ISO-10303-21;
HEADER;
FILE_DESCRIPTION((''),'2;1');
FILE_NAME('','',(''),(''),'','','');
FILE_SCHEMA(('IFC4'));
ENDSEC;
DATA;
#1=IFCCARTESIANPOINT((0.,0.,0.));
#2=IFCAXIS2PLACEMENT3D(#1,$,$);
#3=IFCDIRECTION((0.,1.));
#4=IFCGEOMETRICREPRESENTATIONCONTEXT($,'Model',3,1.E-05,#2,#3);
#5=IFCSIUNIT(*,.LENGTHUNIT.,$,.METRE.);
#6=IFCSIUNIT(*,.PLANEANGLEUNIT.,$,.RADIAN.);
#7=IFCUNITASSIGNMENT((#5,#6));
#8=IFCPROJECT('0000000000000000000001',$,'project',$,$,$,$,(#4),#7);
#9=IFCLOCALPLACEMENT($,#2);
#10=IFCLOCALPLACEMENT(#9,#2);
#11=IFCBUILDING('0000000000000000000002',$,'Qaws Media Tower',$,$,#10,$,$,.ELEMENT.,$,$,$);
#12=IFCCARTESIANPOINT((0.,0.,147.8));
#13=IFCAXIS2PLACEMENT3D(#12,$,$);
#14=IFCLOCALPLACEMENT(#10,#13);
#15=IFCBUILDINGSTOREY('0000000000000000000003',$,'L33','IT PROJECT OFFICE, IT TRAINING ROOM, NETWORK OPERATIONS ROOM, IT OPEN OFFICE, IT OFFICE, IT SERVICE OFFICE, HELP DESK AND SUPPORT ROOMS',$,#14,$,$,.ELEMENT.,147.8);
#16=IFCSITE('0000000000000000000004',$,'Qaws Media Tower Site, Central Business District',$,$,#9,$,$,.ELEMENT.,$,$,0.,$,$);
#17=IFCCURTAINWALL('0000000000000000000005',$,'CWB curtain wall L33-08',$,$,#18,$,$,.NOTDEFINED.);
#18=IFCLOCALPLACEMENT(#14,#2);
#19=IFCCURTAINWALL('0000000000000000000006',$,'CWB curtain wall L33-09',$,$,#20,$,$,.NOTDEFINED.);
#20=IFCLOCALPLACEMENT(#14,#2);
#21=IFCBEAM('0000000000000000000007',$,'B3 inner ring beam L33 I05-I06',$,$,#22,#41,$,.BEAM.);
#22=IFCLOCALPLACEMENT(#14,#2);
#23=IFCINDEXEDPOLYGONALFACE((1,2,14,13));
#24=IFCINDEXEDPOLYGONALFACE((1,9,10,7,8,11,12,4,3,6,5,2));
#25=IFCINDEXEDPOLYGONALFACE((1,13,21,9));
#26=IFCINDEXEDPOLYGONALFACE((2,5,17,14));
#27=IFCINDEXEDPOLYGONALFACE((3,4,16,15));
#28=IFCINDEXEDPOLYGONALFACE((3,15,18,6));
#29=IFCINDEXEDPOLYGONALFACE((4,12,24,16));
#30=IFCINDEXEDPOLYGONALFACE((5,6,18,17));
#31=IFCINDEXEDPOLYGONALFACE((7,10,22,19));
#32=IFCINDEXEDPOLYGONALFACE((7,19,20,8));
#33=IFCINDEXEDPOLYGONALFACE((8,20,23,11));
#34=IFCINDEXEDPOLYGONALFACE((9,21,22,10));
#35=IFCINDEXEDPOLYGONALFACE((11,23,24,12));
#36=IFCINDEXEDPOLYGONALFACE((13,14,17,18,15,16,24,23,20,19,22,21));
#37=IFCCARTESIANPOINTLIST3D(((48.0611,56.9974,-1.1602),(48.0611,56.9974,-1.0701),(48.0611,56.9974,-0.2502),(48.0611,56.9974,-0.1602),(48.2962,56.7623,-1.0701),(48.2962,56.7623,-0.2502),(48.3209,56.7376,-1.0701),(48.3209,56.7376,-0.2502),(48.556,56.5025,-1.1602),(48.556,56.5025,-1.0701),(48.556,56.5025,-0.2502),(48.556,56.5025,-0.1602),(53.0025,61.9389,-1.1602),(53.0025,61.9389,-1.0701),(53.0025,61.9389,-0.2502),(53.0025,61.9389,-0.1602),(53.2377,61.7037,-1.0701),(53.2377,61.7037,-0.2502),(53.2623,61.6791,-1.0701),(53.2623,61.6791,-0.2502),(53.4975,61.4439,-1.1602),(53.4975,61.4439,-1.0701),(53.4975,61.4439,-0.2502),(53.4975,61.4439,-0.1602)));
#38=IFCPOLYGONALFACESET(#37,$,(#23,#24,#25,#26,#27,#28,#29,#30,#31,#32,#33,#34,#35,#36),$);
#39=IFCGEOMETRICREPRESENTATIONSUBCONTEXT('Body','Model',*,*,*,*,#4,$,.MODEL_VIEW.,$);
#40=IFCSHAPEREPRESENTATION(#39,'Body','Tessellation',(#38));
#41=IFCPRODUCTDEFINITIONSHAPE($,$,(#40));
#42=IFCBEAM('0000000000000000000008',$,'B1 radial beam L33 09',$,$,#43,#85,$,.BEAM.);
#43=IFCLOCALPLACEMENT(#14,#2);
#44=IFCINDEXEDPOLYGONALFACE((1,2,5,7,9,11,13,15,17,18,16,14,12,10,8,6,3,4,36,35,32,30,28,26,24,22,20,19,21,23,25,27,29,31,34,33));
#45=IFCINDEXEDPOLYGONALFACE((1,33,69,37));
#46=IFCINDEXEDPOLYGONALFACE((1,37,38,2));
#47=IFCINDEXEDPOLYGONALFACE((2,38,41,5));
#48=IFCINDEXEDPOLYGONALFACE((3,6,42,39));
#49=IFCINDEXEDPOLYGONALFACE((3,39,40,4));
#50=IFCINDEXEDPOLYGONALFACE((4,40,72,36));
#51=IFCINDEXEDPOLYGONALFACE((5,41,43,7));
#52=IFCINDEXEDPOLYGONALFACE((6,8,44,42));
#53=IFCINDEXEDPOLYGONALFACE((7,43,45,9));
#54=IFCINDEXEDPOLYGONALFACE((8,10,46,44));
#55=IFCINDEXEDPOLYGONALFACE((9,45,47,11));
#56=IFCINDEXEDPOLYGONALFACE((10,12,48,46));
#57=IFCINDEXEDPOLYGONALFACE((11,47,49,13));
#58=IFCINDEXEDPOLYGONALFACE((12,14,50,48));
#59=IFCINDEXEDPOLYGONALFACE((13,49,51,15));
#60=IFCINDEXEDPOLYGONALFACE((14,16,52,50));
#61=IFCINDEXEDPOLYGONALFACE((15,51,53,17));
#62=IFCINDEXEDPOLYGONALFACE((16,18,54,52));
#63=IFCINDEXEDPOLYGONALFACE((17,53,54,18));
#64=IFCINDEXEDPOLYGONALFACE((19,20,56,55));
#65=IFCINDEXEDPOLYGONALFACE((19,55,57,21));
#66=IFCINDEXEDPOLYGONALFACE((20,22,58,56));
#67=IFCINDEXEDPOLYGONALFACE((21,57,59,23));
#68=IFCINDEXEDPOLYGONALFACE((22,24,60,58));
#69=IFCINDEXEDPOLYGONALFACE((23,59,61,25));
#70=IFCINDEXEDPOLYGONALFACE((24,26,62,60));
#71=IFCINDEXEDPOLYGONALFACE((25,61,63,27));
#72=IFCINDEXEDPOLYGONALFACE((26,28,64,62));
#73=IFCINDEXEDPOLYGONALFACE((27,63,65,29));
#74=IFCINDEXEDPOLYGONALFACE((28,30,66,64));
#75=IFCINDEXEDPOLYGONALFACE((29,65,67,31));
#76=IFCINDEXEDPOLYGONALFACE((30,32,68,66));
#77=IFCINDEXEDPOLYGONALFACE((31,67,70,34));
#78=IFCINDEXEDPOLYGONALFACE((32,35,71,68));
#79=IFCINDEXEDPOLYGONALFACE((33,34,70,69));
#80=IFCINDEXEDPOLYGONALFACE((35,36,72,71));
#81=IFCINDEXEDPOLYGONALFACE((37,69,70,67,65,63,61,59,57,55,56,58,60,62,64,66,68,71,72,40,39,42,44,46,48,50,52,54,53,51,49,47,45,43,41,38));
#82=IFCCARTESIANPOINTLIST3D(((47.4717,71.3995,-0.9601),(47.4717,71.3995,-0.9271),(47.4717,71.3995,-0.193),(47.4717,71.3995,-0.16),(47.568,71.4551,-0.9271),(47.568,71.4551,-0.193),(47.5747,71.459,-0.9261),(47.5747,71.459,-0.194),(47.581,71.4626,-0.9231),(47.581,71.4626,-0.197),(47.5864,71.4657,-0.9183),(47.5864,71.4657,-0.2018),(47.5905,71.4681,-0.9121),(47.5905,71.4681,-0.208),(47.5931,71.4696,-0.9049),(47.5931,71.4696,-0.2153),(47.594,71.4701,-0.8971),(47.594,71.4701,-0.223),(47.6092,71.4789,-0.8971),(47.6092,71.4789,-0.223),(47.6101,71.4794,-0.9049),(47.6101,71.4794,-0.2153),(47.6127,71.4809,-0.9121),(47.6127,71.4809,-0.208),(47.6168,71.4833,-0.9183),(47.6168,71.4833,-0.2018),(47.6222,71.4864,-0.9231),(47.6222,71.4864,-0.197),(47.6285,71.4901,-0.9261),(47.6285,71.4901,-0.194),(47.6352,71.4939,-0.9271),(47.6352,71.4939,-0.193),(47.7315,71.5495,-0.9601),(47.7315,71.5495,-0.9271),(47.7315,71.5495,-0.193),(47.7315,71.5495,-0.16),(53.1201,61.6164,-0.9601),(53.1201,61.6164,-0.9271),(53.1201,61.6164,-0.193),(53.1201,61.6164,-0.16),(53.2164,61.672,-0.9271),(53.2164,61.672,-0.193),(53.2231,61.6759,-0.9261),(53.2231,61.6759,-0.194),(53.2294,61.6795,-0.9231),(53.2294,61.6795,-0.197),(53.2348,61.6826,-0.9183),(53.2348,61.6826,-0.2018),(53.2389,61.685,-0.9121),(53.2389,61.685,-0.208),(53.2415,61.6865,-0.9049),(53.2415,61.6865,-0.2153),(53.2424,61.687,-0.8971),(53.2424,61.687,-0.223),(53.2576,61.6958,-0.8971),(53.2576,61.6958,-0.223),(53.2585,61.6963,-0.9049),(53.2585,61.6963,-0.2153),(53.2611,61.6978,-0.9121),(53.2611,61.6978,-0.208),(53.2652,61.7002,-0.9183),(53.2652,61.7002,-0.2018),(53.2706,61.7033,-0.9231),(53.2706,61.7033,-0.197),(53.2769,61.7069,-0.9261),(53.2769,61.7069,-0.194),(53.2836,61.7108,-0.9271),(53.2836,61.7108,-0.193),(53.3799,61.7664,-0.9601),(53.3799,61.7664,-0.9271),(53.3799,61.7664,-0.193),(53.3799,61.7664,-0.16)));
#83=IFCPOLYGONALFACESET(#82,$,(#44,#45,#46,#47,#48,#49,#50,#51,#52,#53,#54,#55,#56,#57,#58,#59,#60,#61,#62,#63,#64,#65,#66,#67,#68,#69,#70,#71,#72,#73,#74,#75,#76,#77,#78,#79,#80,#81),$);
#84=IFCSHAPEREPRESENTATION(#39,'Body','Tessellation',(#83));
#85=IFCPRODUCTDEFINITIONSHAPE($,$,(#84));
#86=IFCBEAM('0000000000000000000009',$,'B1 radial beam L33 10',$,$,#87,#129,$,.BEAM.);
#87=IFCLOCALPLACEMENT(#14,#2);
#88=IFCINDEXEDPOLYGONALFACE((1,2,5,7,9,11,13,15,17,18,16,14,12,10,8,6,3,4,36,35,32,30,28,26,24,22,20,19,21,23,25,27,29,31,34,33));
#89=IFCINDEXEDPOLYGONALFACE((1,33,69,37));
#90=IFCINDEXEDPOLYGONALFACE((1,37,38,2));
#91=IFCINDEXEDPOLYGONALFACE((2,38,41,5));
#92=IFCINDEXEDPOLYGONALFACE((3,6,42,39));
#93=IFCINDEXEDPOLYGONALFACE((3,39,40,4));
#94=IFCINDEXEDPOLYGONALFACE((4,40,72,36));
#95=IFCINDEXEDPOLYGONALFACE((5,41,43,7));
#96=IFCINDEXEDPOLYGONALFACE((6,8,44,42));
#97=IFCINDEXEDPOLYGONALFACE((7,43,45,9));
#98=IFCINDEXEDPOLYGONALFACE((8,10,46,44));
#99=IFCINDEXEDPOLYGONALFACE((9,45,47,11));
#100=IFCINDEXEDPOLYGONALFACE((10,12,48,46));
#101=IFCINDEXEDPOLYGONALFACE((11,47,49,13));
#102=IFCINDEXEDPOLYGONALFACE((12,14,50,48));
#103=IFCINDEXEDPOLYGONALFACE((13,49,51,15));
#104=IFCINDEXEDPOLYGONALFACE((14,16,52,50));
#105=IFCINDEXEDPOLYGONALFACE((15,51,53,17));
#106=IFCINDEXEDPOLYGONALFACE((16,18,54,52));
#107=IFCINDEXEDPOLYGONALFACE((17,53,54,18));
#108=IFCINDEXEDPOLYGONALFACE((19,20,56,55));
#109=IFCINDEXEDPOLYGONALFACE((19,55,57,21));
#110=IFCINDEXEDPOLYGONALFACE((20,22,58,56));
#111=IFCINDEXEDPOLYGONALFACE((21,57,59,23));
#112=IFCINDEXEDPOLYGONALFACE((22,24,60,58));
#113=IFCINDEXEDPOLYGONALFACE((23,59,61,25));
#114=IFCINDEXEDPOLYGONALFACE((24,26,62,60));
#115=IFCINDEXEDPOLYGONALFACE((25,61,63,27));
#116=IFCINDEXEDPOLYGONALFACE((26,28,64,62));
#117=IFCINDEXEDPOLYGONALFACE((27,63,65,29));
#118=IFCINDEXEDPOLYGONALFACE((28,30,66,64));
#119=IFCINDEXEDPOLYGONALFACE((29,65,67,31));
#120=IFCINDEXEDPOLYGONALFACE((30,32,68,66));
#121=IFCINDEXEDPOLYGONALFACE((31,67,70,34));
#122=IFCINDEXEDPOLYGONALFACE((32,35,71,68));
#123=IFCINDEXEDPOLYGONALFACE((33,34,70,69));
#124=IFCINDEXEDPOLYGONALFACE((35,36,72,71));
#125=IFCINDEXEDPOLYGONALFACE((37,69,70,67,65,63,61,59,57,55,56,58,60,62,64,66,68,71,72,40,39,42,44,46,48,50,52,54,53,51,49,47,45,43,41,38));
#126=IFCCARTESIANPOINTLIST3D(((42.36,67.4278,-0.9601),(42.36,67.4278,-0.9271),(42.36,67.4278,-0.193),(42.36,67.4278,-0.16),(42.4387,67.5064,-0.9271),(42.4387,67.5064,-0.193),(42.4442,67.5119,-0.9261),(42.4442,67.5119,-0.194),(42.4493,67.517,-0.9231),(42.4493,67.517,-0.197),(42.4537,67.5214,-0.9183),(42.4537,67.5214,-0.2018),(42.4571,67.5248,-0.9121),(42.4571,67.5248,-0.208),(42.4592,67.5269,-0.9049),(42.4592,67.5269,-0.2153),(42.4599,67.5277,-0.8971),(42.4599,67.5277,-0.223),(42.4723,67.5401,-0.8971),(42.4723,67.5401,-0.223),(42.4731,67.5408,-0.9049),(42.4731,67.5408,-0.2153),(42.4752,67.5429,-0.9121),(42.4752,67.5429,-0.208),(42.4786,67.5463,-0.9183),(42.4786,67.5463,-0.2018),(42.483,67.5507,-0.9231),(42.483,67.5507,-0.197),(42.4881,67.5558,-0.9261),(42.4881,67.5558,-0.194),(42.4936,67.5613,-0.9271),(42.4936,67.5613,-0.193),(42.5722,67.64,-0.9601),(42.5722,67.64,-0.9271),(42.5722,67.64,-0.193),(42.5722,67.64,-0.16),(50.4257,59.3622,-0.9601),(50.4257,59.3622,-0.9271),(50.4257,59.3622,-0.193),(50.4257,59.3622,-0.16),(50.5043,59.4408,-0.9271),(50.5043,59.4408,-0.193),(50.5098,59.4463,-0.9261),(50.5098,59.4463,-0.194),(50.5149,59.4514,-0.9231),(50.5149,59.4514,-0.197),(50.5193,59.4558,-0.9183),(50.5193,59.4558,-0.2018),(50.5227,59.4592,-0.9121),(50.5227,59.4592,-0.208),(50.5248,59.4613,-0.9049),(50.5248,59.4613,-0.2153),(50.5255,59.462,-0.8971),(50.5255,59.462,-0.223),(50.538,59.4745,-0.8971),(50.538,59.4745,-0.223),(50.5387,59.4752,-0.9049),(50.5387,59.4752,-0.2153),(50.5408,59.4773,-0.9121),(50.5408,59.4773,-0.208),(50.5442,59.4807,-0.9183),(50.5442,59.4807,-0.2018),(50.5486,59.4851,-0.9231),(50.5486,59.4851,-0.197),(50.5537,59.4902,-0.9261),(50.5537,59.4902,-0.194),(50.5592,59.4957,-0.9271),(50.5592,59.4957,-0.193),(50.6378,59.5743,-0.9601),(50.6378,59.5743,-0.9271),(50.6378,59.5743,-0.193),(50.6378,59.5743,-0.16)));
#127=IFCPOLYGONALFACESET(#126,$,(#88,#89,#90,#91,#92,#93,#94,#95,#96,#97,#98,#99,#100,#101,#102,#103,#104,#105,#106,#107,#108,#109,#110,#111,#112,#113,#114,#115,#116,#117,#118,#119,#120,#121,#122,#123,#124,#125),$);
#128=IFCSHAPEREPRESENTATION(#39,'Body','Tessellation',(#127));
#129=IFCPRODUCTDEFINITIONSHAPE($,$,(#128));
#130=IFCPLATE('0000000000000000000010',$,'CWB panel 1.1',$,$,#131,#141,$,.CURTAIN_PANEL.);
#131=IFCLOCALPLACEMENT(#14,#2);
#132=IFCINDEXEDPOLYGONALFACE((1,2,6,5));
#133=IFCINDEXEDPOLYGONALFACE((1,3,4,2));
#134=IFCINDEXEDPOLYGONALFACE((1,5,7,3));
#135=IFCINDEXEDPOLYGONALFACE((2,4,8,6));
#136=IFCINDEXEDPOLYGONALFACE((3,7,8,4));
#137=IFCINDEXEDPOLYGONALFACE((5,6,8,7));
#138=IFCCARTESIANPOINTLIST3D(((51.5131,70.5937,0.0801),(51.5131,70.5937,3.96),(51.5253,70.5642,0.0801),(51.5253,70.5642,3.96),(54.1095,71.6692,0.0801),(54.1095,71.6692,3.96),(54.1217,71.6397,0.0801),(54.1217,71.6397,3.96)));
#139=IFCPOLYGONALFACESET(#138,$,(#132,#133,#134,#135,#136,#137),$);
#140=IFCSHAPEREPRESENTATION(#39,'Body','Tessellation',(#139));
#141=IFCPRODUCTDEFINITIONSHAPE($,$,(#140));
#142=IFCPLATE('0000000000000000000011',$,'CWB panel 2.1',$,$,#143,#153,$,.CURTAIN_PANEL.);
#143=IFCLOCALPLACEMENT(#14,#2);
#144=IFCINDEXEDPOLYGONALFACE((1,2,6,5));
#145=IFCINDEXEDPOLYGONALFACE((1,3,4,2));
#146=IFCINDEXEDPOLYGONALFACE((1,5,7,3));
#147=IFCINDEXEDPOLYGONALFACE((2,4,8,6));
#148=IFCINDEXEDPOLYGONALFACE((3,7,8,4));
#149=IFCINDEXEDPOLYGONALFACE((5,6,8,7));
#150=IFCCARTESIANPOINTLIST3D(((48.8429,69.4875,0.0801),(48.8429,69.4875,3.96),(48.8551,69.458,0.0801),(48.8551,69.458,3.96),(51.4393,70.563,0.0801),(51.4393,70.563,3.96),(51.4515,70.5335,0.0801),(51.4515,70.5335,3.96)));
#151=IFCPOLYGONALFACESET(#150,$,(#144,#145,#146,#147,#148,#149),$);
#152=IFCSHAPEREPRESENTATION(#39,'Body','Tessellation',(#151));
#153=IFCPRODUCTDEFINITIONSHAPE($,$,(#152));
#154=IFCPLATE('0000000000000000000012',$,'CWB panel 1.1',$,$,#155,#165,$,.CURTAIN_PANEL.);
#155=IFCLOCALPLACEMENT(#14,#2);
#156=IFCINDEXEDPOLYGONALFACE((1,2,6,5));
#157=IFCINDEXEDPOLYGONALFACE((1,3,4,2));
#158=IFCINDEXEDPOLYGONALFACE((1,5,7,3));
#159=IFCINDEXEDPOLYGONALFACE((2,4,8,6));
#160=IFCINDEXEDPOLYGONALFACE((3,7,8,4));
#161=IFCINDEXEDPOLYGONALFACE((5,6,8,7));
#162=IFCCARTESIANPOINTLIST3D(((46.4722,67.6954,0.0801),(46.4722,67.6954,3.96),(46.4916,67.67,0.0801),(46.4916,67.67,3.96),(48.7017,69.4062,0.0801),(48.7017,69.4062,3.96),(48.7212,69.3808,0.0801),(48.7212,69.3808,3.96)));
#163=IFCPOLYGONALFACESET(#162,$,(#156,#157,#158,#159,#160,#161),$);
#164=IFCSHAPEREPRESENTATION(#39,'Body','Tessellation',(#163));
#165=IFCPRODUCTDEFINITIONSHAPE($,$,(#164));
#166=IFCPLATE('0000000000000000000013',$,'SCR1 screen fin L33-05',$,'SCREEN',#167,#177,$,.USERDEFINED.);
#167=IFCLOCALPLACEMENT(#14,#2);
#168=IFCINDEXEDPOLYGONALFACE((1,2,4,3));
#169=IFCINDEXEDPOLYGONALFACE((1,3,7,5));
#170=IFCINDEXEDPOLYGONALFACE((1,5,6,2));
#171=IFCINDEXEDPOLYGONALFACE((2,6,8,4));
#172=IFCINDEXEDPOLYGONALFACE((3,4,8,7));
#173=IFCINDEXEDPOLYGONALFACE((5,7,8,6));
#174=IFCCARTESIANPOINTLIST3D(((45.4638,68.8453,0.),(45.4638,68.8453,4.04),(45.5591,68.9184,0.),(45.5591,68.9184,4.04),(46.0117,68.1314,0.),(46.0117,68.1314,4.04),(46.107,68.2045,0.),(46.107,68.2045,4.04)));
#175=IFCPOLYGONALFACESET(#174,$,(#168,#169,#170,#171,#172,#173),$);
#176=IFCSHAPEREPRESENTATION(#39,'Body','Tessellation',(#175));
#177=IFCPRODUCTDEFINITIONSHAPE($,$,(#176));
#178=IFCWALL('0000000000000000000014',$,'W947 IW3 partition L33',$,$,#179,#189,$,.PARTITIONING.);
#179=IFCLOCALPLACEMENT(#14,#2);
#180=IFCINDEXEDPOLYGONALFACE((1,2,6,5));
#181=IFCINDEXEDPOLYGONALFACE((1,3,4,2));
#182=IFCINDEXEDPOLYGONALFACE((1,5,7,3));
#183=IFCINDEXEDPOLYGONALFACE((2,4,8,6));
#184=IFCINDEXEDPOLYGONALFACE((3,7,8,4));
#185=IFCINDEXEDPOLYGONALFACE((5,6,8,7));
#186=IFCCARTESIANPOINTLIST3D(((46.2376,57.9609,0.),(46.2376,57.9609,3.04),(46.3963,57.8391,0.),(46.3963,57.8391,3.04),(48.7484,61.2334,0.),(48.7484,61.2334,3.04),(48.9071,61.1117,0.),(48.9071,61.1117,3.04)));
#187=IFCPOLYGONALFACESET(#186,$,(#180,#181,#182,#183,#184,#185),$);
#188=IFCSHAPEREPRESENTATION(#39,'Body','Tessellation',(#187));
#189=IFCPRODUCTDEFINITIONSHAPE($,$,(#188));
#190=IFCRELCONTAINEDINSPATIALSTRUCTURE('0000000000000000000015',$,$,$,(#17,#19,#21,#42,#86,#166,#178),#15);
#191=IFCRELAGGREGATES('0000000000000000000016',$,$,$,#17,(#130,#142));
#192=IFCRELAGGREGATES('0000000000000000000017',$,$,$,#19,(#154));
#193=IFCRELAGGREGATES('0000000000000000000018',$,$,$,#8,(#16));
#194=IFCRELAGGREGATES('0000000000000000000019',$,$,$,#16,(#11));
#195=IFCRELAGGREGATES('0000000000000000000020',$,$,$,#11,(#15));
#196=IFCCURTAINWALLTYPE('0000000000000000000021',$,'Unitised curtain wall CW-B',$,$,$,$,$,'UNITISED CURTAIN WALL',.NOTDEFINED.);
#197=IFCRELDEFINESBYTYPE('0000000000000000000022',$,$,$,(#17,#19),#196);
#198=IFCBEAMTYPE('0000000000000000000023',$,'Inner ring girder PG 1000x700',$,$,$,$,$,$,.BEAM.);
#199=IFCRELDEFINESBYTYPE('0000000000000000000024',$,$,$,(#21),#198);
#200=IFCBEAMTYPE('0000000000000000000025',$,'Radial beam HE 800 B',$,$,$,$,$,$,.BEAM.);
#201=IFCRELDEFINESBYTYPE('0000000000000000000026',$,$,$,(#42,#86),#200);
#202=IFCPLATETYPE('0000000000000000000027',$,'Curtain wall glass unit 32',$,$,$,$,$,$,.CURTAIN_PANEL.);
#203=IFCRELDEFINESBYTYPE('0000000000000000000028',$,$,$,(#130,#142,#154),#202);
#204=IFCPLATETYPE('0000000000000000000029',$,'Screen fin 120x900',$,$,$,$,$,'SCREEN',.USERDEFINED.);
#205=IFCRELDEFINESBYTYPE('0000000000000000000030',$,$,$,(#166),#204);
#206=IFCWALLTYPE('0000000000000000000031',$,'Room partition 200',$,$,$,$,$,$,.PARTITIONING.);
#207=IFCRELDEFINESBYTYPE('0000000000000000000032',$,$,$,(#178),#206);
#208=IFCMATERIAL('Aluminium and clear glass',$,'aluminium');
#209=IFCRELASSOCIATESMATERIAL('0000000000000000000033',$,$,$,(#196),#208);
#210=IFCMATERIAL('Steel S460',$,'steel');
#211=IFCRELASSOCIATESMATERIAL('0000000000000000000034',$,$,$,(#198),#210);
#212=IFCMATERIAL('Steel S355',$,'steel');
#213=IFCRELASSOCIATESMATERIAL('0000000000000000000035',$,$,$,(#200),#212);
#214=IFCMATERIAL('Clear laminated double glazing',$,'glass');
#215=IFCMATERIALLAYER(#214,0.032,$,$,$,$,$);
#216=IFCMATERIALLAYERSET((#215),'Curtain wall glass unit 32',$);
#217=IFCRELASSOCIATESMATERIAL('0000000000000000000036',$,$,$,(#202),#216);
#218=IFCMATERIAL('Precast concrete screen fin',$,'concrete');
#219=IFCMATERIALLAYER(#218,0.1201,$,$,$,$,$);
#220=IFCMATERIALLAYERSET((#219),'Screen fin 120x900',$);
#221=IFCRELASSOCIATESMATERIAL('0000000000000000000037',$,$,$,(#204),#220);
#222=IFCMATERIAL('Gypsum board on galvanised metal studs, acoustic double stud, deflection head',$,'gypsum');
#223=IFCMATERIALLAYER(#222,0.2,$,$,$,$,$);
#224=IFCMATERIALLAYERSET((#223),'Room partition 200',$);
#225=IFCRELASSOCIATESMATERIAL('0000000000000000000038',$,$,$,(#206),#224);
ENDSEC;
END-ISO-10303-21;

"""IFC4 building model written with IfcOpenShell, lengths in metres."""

from ifc_helpers import new_model, si_unit, direction, frame, frame_2d, origin, origin_2d, place, context, subcontext, project, spatial, rectangle, i_section, extrude, material, layer, layer_set, material_profile, profile_set, type_object, element, aggregate, save


model = new_model("IFC4")

# Units and contexts
model_context = context("Model", 3, precision=1e-05, world=origin(), true_north=direction((0.0, 1.0)))
body_context = subcontext(model_context, "Body", "Model", "MODEL_VIEW")
ifc_project = project(units=[si_unit("LENGTHUNIT", "METRE"), si_unit("PLANEANGLEUNIT", "RADIAN")], contexts=[model_context])

# Site, building, storey
site_placement = place(None, origin())
site = spatial("IfcSite", under=ifc_project, at=site_placement, Name="Qaws Media Tower Site, Central Business District", CompositionType="ELEMENT", RefElevation=0.0)
building_placement = place(site_placement, origin())
building = spatial("IfcBuilding", under=site, at=building_placement, Name="Qaws Media Tower", CompositionType="ELEMENT")
storey_placement = place(building_placement, frame((0.0, 0.0, 147.8)))
storey = spatial("IfcBuildingStorey", under=building, at=storey_placement, Name="L33", Description="IT PROJECT OFFICE, IT TRAINING ROOM, NETWORK OPERATIONS ROOM, IT OPEN OFFICE, IT OFFICE, IT SERVICE OFFICE, HELP DESK AND SUPPORT ROOMS", CompositionType="ELEMENT", Elevation=147.8)

# Curtain walls
ifc_material_1 = material(Name="Aluminium and clear glass", Category="aluminium")
curtain_wall_type = type_object("IfcCurtainWallType", Name="Unitised curtain wall CW-B", ElementType="UNITISED CURTAIN WALL", PredefinedType="NOTDEFINED", material=ifc_material_1)
curtain_wall_1_placement = place(storey_placement, origin())
curtain_wall_1 = element("IfcCurtainWall", 1, at=curtain_wall_1_placement, inside=storey, type_object=curtain_wall_type, Name="CWB curtain wall L33-08", PredefinedType="NOTDEFINED")
curtain_wall_2_placement = place(storey_placement, origin())
curtain_wall_2 = element("IfcCurtainWall", 2, at=curtain_wall_2_placement, inside=storey, type_object=curtain_wall_type, Name="CWB curtain wall L33-09", PredefinedType="NOTDEFINED")

# Beams
ifc_material_2 = material(Name="Steel S460", Category="steel")
ifc_material_profile_1 = material_profile(ifc_material_2, i_section(OverallWidth=0.7, OverallDepth=1.0, WebThickness=0.0349, FlangeThickness=0.0901, at=origin_2d()), Name="PG 1000x700")
ifc_profile_set_1 = profile_set([ifc_material_profile_1], Name="Steel S460")
beam_type_1 = type_object("IfcBeamType", Name="Inner ring girder PG 1000x700", PredefinedType="BEAM", material=ifc_profile_set_1)
beam_1_placement = place(storey_placement, frame((53.25, 61.6914, -0.6602), z_axis=(-0.707107, -0.707107, 0.0), x_axis=(0.707107, -0.707107, 0.0)))
element("IfcBeam", 3, at=beam_1_placement, inside=storey, type_object=beam_type_1, Name="B3 inner ring beam L33 I05-I06", PredefinedType="BEAM", context=body_context, shape_type="SweptSolid", body=[
    extrude(i_section(OverallWidth=0.7, OverallDepth=1.0, WebThickness=0.0349, FlangeThickness=0.0901, at=origin_2d()), origin(), (0.0, 0.0, 1.0), 6.9883),
])
ifc_material_3 = material(Name="Steel S355", Category="steel")
ifc_material_profile_2 = material_profile(ifc_material_3, i_section(OverallWidth=0.3, OverallDepth=0.8, WebThickness=0.0176, FlangeThickness=0.033, FilletRadius=0.03, at=origin_2d()), Name="HE 800 B")
ifc_profile_set_2 = profile_set([ifc_material_profile_2], Name="Steel S355")
beam_type_2 = type_object("IfcBeamType", Name="Radial beam HE 800 B", PredefinedType="BEAM", material=ifc_profile_set_2)
beam_2_placement = place(storey_placement, frame((53.25, 61.6914, -0.5601), z_axis=(-0.500007, 0.866021, 0.0), x_axis=(-0.866021, -0.500007, 0.0)))
element("IfcBeam", 4, at=beam_2_placement, inside=storey, type_object=beam_type_2, Name="B1 radial beam L33 09", PredefinedType="BEAM", context=body_context, shape_type="SweptSolid", body=[
    extrude(i_section(OverallWidth=0.3, OverallDepth=0.8, WebThickness=0.0176, FlangeThickness=0.033, FilletRadius=0.03, at=origin_2d()), origin(), (0.0, 0.0, 1.0), 11.2966),
])
beam_3_placement = place(storey_placement, frame((50.5317, 59.4683, -0.5601), z_axis=(-0.707107, 0.707107, 0.0), x_axis=(-0.707107, -0.707107, 0.0)))
element("IfcBeam", 5, at=beam_3_placement, inside=storey, type_object=beam_type_2, Name="B1 radial beam L33 10", PredefinedType="BEAM", context=body_context, shape_type="SweptSolid", body=[
    extrude(i_section(OverallWidth=0.3, OverallDepth=0.8, WebThickness=0.0176, FlangeThickness=0.033, FilletRadius=0.03, at=origin_2d()), origin(), (0.0, 0.0, 1.0), 11.4065),
])

# Plates
ifc_material_4 = material(Name="Clear laminated double glazing", Category="glass")
ifc_layer_1 = layer(ifc_material_4, 0.032)
ifc_layer_set_1 = layer_set([ifc_layer_1], Name="Curtain wall glass unit 32")
plate_type_1 = type_object("IfcPlateType", Name="Curtain wall glass unit 32", PredefinedType="CURTAIN_PANEL", material=ifc_layer_set_1)
plate_1_placement = place(storey_placement, frame((52.8174, 71.1167, 0.0801), z_axis=(0.0, 0.0, 1.0), x_axis=(-0.923879, -0.382684, 0.0)))
plate_1 = element("IfcPlate", 6, at=plate_1_placement, type_object=plate_type_1, Name="CWB panel 1.1", PredefinedType="CURTAIN_PANEL", context=body_context, shape_type="SweptSolid", body=[
    extrude(rectangle(XDim=2.8103, YDim=0.032, at=origin_2d()), origin(), (0.0, 0.0, 1.0), 3.8799),
])
plate_2_placement = place(storey_placement, frame((50.1472, 70.0105, 0.0801), z_axis=(0.0, 0.0, 1.0), x_axis=(-0.923879, -0.382684, 0.0)))
plate_2 = element("IfcPlate", 7, at=plate_2_placement, type_object=plate_type_1, Name="CWB panel 2.1", PredefinedType="CURTAIN_PANEL", context=body_context, shape_type="SweptSolid", body=[
    extrude(rectangle(XDim=2.8103, YDim=0.032, at=origin_2d()), origin(), (0.0, 0.0, 1.0), 3.8799),
])
aggregate(curtain_wall_1, [plate_1, plate_2])
plate_3_placement = place(storey_placement, frame((47.5967, 68.5381, 0.0801), z_axis=(0.0, 0.0, 1.0), x_axis=(-0.793353, -0.608761, 0.0)))
plate_3 = element("IfcPlate", 8, at=plate_3_placement, type_object=plate_type_1, Name="CWB panel 1.1", PredefinedType="CURTAIN_PANEL", context=body_context, shape_type="SweptSolid", body=[
    extrude(rectangle(XDim=2.8103, YDim=0.032, at=origin_2d()), origin(), (0.0, 0.0, 1.0), 3.8799),
])
aggregate(curtain_wall_2, [plate_3])
ifc_material_5 = material(Name="Precast concrete screen fin", Category="concrete")
ifc_layer_2 = layer(ifc_material_5, 0.1201)
ifc_layer_set_2 = layer_set([ifc_layer_2], Name="Screen fin 120x900")
plate_type_2 = type_object("IfcPlateType", Name="Screen fin 120x900", ElementType="SCREEN", PredefinedType="USERDEFINED", material=ifc_layer_set_2)
plate_4_placement = place(storey_placement, frame((45.7854, 68.5249, 0.0), z_axis=(0.0, 0.0, 1.0), x_axis=(-0.608761, 0.793353, 0.0)))
element("IfcPlate", 9, at=plate_4_placement, inside=storey, type_object=plate_type_2, Name="SCR1 screen fin L33-05", ObjectType="SCREEN", PredefinedType="USERDEFINED", context=body_context, shape_type="SweptSolid", body=[
    extrude(rectangle(XDim=0.8999, YDim=0.1201, at=origin_2d()), origin(), (0.0, 0.0, 1.0), 4.04),
])

# Wall
ifc_material_6 = material(Name="Gypsum board on galvanised metal studs, acoustic double stud, deflection head", Category="gypsum")
ifc_layer_3 = layer(ifc_material_6, 0.2)
ifc_layer_set_3 = layer_set([ifc_layer_3], Name="Room partition 200")
wall_type = type_object("IfcWallType", Name="Room partition 200", PredefinedType="PARTITIONING", material=ifc_layer_set_3)
wall_placement = place(storey_placement, frame((46.3169, 57.8999, 0.0), z_axis=(0.0, 0.0, 1.0), x_axis=(0.608715, 0.793389, 0.0)))
element("IfcWall", 10, at=wall_placement, inside=storey, type_object=wall_type, Name="W947 IW3 partition L33", PredefinedType="PARTITIONING", context=body_context, shape_type="SweptSolid", body=[
    extrude(rectangle(XDim=4.1248, YDim=0.2, at=frame_2d((2.0625, 0.0))), origin(), (0.0, 0.0, 1.0), 3.04),
])

save(model, "model.ifc")
